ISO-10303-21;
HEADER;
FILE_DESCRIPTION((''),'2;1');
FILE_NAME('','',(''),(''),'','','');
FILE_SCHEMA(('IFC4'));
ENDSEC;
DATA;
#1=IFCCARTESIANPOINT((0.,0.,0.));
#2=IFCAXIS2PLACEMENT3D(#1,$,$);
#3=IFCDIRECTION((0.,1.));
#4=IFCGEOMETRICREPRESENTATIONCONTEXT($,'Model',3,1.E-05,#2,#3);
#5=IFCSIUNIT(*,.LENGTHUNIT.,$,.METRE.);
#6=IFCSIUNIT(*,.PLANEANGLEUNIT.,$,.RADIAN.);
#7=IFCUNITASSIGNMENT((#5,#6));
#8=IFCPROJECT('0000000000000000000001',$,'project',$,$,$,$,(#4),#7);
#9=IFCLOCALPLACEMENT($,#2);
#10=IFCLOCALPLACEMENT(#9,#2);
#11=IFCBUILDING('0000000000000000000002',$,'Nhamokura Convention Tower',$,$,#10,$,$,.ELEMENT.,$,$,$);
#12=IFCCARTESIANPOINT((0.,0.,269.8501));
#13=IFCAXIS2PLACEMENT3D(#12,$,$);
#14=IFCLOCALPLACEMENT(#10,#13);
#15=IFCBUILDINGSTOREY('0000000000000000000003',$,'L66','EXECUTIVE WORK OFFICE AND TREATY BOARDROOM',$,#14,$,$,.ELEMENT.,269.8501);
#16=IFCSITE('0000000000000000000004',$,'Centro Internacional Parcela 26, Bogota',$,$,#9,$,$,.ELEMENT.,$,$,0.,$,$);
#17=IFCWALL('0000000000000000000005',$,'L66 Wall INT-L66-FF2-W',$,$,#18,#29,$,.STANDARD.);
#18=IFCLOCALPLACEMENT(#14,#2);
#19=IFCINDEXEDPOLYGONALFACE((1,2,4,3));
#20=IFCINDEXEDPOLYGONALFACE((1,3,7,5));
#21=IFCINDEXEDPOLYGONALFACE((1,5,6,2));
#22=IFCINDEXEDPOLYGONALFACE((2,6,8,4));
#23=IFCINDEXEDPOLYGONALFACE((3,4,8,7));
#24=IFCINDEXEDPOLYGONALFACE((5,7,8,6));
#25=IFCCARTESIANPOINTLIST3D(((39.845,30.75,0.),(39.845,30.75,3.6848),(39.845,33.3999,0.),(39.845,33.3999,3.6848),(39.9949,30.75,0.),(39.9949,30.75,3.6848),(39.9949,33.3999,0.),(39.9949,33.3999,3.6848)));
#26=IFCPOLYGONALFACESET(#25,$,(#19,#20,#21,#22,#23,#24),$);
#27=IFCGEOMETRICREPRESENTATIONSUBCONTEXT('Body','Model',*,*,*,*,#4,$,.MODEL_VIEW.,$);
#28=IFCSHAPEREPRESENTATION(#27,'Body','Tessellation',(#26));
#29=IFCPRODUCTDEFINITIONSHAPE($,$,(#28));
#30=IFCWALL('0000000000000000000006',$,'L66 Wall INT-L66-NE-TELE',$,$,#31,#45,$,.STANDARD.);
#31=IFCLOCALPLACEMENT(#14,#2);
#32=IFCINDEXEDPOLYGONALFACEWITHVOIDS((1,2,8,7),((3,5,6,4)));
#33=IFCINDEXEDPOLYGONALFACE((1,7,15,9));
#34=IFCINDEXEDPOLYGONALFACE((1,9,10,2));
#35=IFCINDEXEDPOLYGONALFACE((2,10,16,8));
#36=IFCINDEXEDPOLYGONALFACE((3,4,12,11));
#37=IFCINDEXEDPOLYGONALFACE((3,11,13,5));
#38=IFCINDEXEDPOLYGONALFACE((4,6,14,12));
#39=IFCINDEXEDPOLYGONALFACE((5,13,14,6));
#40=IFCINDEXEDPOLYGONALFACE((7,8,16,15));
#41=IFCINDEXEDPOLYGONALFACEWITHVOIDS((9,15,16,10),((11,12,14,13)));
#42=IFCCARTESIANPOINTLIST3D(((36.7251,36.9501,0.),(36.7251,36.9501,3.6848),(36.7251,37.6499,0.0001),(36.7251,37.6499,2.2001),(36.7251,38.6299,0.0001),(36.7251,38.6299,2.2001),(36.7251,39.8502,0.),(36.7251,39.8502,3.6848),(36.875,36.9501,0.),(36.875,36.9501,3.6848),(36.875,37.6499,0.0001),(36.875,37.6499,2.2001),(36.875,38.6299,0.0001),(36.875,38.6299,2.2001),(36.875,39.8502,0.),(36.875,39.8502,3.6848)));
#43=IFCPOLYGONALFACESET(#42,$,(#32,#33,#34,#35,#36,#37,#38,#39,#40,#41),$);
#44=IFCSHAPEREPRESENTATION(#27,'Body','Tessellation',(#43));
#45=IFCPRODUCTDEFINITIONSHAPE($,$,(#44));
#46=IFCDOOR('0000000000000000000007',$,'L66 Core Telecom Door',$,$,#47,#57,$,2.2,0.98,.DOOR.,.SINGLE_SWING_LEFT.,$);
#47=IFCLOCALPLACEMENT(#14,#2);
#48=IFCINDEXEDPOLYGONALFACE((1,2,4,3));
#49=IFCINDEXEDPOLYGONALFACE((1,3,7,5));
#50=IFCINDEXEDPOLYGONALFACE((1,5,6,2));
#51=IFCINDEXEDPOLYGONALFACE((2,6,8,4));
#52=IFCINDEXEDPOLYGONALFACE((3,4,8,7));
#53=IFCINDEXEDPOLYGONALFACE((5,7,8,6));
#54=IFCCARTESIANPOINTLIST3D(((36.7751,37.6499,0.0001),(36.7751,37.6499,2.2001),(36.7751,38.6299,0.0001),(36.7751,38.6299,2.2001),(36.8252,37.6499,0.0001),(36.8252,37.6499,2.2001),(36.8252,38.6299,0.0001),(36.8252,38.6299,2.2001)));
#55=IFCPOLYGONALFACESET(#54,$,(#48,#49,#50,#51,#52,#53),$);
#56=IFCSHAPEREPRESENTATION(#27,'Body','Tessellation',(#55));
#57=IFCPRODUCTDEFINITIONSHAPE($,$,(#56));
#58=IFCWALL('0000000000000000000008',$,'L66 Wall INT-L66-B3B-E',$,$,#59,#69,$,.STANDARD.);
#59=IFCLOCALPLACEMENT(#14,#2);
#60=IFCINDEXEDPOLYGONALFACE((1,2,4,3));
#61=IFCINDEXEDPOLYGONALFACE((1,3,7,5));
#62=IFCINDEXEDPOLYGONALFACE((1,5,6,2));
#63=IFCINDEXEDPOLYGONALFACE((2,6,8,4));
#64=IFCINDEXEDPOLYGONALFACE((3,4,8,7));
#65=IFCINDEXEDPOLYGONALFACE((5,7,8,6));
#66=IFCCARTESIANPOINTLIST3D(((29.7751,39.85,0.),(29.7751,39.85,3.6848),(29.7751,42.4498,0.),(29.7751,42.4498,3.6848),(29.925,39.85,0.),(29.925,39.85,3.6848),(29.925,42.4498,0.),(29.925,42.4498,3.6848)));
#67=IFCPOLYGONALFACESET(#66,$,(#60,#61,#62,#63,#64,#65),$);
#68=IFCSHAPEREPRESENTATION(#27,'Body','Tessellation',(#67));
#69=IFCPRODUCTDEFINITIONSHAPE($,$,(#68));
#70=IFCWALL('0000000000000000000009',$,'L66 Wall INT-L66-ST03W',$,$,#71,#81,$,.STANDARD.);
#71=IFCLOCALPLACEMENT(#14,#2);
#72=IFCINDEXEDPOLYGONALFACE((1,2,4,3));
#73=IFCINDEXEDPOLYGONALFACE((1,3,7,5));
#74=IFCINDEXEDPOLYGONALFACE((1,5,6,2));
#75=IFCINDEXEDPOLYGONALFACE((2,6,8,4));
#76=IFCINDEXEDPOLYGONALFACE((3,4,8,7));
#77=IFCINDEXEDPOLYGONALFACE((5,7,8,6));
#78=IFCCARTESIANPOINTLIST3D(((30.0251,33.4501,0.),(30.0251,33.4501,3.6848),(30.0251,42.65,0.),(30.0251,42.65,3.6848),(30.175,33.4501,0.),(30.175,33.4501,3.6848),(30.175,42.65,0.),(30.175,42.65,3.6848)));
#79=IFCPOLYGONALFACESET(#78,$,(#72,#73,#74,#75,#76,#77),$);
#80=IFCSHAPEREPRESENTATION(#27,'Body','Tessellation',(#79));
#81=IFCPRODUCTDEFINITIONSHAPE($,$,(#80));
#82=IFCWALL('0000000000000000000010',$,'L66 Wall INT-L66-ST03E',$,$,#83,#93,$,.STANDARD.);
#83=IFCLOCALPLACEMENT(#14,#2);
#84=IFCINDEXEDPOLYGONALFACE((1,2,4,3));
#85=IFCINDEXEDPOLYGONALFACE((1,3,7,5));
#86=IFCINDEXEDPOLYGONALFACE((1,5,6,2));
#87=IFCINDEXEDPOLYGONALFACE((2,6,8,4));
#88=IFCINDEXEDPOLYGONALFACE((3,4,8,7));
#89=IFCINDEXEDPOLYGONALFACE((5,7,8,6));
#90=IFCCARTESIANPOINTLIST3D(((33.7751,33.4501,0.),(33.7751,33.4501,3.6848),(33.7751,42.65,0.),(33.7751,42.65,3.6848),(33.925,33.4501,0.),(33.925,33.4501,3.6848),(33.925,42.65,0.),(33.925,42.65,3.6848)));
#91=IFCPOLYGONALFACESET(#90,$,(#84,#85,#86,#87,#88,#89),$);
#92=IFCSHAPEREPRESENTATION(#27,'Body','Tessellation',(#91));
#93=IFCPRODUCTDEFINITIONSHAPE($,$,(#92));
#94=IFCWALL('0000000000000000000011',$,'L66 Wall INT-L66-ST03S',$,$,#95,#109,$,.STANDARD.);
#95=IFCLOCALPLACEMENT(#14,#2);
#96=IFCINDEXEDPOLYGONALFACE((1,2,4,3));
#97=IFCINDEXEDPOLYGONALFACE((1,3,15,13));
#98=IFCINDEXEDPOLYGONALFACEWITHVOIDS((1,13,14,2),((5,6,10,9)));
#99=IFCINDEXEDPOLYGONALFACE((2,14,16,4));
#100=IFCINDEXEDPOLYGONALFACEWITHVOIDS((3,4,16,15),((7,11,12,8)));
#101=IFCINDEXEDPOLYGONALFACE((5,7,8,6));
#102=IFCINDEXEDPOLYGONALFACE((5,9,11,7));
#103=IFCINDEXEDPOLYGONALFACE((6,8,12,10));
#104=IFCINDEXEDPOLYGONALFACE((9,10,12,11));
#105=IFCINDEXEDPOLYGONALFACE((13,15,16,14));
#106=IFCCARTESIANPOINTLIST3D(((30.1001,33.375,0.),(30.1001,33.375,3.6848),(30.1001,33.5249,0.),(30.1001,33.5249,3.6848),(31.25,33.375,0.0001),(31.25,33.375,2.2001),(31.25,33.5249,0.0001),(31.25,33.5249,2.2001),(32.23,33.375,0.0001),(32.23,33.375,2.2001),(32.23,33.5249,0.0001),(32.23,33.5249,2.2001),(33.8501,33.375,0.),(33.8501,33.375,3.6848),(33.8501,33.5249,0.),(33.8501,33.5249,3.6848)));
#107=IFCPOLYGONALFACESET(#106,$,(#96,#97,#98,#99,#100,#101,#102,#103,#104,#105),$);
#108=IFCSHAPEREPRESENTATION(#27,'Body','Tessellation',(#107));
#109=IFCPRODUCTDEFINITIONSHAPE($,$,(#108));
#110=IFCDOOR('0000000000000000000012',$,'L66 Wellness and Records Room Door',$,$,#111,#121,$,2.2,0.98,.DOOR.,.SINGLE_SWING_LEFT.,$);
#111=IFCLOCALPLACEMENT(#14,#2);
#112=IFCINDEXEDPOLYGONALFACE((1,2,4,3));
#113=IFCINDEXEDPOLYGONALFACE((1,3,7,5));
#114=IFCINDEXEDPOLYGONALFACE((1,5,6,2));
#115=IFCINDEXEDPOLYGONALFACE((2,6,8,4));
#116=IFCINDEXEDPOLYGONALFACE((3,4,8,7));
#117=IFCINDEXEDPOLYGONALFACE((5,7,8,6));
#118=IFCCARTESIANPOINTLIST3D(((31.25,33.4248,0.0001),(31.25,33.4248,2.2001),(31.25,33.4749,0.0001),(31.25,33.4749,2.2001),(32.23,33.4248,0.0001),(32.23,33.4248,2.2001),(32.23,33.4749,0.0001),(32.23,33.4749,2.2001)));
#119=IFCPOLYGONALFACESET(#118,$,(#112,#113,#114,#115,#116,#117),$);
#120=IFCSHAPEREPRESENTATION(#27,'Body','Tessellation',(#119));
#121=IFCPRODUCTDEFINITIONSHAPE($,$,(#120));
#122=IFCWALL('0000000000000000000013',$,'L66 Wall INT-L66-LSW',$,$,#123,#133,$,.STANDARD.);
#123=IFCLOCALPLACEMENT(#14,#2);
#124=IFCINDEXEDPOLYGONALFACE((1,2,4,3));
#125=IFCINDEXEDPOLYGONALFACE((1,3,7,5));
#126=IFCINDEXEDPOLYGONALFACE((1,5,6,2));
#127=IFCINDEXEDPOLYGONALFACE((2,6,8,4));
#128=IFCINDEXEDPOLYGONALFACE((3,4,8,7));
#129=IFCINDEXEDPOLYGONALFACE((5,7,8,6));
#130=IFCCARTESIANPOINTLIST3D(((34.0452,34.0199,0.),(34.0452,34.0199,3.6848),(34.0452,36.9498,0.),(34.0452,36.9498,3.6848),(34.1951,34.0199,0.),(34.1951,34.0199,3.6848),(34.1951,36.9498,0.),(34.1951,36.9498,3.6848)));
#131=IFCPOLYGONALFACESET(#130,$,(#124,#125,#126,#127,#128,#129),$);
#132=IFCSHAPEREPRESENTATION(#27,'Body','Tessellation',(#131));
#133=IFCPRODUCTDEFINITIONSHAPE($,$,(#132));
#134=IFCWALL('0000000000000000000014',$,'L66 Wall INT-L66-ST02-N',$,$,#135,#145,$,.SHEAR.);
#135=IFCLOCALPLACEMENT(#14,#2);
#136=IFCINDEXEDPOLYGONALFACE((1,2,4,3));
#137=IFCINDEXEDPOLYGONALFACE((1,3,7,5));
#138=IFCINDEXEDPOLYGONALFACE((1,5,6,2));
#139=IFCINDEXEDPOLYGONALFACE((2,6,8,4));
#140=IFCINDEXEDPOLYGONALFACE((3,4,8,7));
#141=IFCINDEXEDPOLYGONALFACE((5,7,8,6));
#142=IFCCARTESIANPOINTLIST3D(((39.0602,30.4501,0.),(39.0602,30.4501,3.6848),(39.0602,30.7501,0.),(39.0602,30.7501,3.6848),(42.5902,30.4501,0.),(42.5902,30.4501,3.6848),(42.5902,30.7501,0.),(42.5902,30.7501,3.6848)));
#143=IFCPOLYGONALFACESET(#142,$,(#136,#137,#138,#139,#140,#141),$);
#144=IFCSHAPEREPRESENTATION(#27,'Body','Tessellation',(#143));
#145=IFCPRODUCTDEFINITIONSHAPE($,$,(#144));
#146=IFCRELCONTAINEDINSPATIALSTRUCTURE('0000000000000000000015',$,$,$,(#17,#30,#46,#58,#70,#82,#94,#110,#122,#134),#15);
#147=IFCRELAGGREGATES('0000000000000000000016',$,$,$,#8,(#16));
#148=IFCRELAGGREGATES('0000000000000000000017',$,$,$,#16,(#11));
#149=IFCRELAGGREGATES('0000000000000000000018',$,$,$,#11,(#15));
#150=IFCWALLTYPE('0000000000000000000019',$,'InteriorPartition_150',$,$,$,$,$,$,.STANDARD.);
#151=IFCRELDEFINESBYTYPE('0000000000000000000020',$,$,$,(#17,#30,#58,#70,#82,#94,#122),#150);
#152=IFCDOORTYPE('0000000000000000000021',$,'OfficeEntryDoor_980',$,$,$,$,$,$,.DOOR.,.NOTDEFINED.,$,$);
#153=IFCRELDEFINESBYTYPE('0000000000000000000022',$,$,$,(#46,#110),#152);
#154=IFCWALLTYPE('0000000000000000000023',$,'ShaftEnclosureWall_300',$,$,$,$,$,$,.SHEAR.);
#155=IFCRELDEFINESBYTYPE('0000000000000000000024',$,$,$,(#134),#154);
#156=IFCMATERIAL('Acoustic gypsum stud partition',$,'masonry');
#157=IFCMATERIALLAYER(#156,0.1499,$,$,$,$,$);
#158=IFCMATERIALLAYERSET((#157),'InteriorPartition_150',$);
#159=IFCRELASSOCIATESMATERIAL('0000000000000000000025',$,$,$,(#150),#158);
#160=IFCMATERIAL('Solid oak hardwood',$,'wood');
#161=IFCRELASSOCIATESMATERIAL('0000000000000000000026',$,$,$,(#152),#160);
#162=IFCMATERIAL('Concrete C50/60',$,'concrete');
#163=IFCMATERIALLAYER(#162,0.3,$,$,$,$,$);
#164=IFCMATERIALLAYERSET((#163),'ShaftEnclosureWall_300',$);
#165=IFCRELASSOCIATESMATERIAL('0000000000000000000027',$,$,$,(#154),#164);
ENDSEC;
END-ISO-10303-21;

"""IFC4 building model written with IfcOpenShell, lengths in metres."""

from ifc_helpers import new_model, si_unit, direction, frame, frame_2d, origin, place, context, subcontext, project, spatial, rectangle, extrude, material, layer, layer_set, type_object, element, fill, save


model = new_model("IFC4")

# Units and contexts
model_context = context("Model", 3, precision=1e-05, world=origin(), true_north=direction((0.0, 1.0)))
body_context = subcontext(model_context, "Body", "Model", "MODEL_VIEW")
ifc_project = project(units=[si_unit("LENGTHUNIT", "METRE"), si_unit("PLANEANGLEUNIT", "RADIAN")], contexts=[model_context])

# Site, building, storey
site_placement = place(None, origin())
site = spatial("IfcSite", under=ifc_project, at=site_placement, Name="Centro Internacional Parcela 26, Bogota", CompositionType="ELEMENT", RefElevation=0.0)
building_placement = place(site_placement, origin())
building = spatial("IfcBuilding", under=site, at=building_placement, Name="Nhamokura Convention Tower", CompositionType="ELEMENT")
storey_placement = place(building_placement, frame((0.0, 0.0, 269.8501)))
storey = spatial("IfcBuildingStorey", under=building, at=storey_placement, Name="L66", Description="EXECUTIVE WORK OFFICE AND TREATY BOARDROOM", CompositionType="ELEMENT", Elevation=269.8501)

# Wall
ifc_material_1 = material(Name="Acoustic gypsum stud partition", Category="masonry")
ifc_layer_1 = layer(ifc_material_1, 0.1499)
ifc_layer_set_1 = layer_set([ifc_layer_1], Name="InteriorPartition_150")
wall_type_1 = type_object("IfcWallType", Name="InteriorPartition_150", PredefinedType="STANDARD", material=ifc_layer_set_1)
wall_1_placement = place(storey_placement, frame((39.9199, 30.75, 0.0), z_axis=(0.0, 0.0, 1.0), x_axis=(0.0, 1.0, 0.0)))
element("IfcWall", 1, at=wall_1_placement, inside=storey, type_object=wall_type_1, Name="L66 Wall INT-L66-FF2-W", PredefinedType="STANDARD", context=body_context, shape_type="SweptSolid", body=[
    extrude(rectangle(XDim=2.6499, YDim=0.1499, at=frame_2d((1.325, 0.0))), origin(), (0.0, 0.0, 1.0), 3.6848),
])

# Wall, opening, door
wall_2_placement = place(storey_placement, frame((36.8, 36.95, 0.0), z_axis=(0.0, 0.0, 1.0), x_axis=(0.0, 1.0, 0.0)))
wall_2 = element("IfcWall", 2, at=wall_2_placement, inside=storey, type_object=wall_type_1, Name="L66 Wall INT-L66-NE-TELE", PredefinedType="STANDARD", context=body_context, shape_type="SweptSolid", body=[
    extrude(rectangle(XDim=2.9001, YDim=0.1499, at=frame_2d((1.4502, 0.0))), origin(), (0.0, 0.0, 1.0), 3.6848),
])
opening_1_placement = place(wall_2_placement, frame((0.7, 0.0, 0.0)))
opening_1 = element("IfcOpeningElement", 3, at=opening_1_placement, cuts=wall_2, PredefinedType="OPENING", context=body_context, shape_type="SweptSolid", body=[
    extrude(rectangle(XDim=0.98, YDim=2.2, at=frame_2d((0.49, 1.1001))), frame((0.0, 0.085, 0.0), z_axis=(0.0, -1.0, 0.0), x_axis=(1.0, 0.0, 0.0)), (0.0, 0.0, 1.0), 0.1699),
])
ifc_material_2 = material(Name="Solid oak hardwood", Category="wood")
door_type_1 = type_object("IfcDoorType", Name="OfficeEntryDoor_980", OperationType="NOTDEFINED", PredefinedType="DOOR", material=ifc_material_2)
door_1_placement = place(opening_1_placement, origin())
door_1 = element("IfcDoor", 4, at=door_1_placement, inside=storey, type_object=door_type_1, Name="L66 Core Telecom Door", OperationType="SINGLE_SWING_LEFT", OverallHeight=2.2, OverallWidth=0.98, PredefinedType="DOOR", context=body_context, shape_type="SweptSolid", body=[
    extrude(rectangle(XDim=0.98, YDim=2.2, at=frame_2d((0.49, 1.1001))), frame((0.0, 0.0249, 0.0), z_axis=(0.0, -1.0, 0.0), x_axis=(1.0, 0.0, 0.0)), (0.0, 0.0, 1.0), 0.05),
])
fill(opening_1, door_1)

# Walls
wall_3_placement = place(storey_placement, frame((29.8501, 39.8501, 0.0), z_axis=(0.0, 0.0, 1.0), x_axis=(0.0, 1.0, 0.0)))
element("IfcWall", 5, at=wall_3_placement, inside=storey, type_object=wall_type_1, Name="L66 Wall INT-L66-B3B-E", PredefinedType="STANDARD", context=body_context, shape_type="SweptSolid", body=[
    extrude(rectangle(XDim=2.5999, YDim=0.1499, at=frame_2d((1.2998, 0.0))), origin(), (0.0, 0.0, 1.0), 3.6848),
])
for number, where, z_axis, x_axis, name in (
    (6, (30.1001, 33.45, 0.0), (0.0, 0.0, 1.0), (0.0, 1.0, 0.0), "L66 Wall INT-L66-ST03W"),
    (7, (33.8501, 33.45, 0.0), (0.0, 0.0, 1.0), (0.0, 1.0, 0.0), "L66 Wall INT-L66-ST03E"),
):
    element("IfcWall", number, at=place(storey_placement, frame(where, z_axis=z_axis, x_axis=x_axis)), inside=storey, type_object=wall_type_1, Name=name, PredefinedType="STANDARD", context=body_context, shape_type="SweptSolid", body=[
        extrude(rectangle(XDim=9.2, YDim=0.1499, at=frame_2d((4.6001, 0.0))), origin(), (0.0, 0.0, 1.0), 3.6848),
    ])

# Wall, opening, door
wall_4_placement = place(storey_placement, frame((30.1001, 33.45, 0.0), z_axis=(0.0, 0.0, 1.0), x_axis=(1.0, 0.0, 0.0)))
wall_4 = element("IfcWall", 8, at=wall_4_placement, inside=storey, type_object=wall_type_1, Name="L66 Wall INT-L66-ST03S", PredefinedType="STANDARD", context=body_context, shape_type="SweptSolid", body=[
    extrude(rectangle(XDim=3.75, YDim=0.1499, at=frame_2d((1.875, 0.0))), origin(), (0.0, 0.0, 1.0), 3.6848),
])
opening_2_placement = place(wall_4_placement, frame((1.1499, 0.0, 0.0)))
opening_2 = element("IfcOpeningElement", 9, at=opening_2_placement, cuts=wall_4, PredefinedType="OPENING", context=body_context, shape_type="SweptSolid", body=[
    extrude(rectangle(XDim=0.98, YDim=2.2, at=frame_2d((0.49, 1.1001))), frame((0.0, 0.085, 0.0), z_axis=(0.0, -1.0, 0.0), x_axis=(1.0, 0.0, 0.0)), (0.0, 0.0, 1.0), 0.1699),
])
door_2_placement = place(opening_2_placement, origin())
door_2 = element("IfcDoor", 10, at=door_2_placement, inside=storey, type_object=door_type_1, Name="L66 Wellness and Records Room Door", OperationType="SINGLE_SWING_LEFT", OverallHeight=2.2, OverallWidth=0.98, PredefinedType="DOOR", context=body_context, shape_type="SweptSolid", body=[
    extrude(rectangle(XDim=0.98, YDim=2.2, at=frame_2d((0.49, 1.1001))), frame((0.0, 0.0249, 0.0), z_axis=(0.0, -1.0, 0.0), x_axis=(1.0, 0.0, 0.0)), (0.0, 0.0, 1.0), 0.05),
])
fill(opening_2, door_2)

# Walls
wall_5_placement = place(storey_placement, frame((34.1201, 34.02, 0.0), z_axis=(0.0, 0.0, 1.0), x_axis=(0.0, 1.0, 0.0)))
element("IfcWall", 11, at=wall_5_placement, inside=storey, type_object=wall_type_1, Name="L66 Wall INT-L66-LSW", PredefinedType="STANDARD", context=body_context, shape_type="SweptSolid", body=[
    extrude(rectangle(XDim=2.9299, YDim=0.1499, at=frame_2d((1.4648, 0.0))), origin(), (0.0, 0.0, 1.0), 3.6848),
])
ifc_material_3 = material(Name="Concrete C50/60", Category="concrete")
ifc_layer_2 = layer(ifc_material_3, 0.3)
ifc_layer_set_2 = layer_set([ifc_layer_2], Name="ShaftEnclosureWall_300")
wall_type_2 = type_object("IfcWallType", Name="ShaftEnclosureWall_300", PredefinedType="SHEAR", material=ifc_layer_set_2)
wall_6_placement = place(storey_placement, frame((39.0601, 30.6001, 0.0), z_axis=(0.0, 0.0, 1.0), x_axis=(1.0, 0.0, 0.0)))
element("IfcWall", 12, at=wall_6_placement, inside=storey, type_object=wall_type_2, Name="L66 Wall INT-L66-ST02-N", PredefinedType="SHEAR", context=body_context, shape_type="SweptSolid", body=[
    extrude(rectangle(XDim=3.53, YDim=0.3, at=frame_2d((1.7651, 0.0))), origin(), (0.0, 0.0, 1.0), 3.6848),
])

save(model, "model.ifc")
